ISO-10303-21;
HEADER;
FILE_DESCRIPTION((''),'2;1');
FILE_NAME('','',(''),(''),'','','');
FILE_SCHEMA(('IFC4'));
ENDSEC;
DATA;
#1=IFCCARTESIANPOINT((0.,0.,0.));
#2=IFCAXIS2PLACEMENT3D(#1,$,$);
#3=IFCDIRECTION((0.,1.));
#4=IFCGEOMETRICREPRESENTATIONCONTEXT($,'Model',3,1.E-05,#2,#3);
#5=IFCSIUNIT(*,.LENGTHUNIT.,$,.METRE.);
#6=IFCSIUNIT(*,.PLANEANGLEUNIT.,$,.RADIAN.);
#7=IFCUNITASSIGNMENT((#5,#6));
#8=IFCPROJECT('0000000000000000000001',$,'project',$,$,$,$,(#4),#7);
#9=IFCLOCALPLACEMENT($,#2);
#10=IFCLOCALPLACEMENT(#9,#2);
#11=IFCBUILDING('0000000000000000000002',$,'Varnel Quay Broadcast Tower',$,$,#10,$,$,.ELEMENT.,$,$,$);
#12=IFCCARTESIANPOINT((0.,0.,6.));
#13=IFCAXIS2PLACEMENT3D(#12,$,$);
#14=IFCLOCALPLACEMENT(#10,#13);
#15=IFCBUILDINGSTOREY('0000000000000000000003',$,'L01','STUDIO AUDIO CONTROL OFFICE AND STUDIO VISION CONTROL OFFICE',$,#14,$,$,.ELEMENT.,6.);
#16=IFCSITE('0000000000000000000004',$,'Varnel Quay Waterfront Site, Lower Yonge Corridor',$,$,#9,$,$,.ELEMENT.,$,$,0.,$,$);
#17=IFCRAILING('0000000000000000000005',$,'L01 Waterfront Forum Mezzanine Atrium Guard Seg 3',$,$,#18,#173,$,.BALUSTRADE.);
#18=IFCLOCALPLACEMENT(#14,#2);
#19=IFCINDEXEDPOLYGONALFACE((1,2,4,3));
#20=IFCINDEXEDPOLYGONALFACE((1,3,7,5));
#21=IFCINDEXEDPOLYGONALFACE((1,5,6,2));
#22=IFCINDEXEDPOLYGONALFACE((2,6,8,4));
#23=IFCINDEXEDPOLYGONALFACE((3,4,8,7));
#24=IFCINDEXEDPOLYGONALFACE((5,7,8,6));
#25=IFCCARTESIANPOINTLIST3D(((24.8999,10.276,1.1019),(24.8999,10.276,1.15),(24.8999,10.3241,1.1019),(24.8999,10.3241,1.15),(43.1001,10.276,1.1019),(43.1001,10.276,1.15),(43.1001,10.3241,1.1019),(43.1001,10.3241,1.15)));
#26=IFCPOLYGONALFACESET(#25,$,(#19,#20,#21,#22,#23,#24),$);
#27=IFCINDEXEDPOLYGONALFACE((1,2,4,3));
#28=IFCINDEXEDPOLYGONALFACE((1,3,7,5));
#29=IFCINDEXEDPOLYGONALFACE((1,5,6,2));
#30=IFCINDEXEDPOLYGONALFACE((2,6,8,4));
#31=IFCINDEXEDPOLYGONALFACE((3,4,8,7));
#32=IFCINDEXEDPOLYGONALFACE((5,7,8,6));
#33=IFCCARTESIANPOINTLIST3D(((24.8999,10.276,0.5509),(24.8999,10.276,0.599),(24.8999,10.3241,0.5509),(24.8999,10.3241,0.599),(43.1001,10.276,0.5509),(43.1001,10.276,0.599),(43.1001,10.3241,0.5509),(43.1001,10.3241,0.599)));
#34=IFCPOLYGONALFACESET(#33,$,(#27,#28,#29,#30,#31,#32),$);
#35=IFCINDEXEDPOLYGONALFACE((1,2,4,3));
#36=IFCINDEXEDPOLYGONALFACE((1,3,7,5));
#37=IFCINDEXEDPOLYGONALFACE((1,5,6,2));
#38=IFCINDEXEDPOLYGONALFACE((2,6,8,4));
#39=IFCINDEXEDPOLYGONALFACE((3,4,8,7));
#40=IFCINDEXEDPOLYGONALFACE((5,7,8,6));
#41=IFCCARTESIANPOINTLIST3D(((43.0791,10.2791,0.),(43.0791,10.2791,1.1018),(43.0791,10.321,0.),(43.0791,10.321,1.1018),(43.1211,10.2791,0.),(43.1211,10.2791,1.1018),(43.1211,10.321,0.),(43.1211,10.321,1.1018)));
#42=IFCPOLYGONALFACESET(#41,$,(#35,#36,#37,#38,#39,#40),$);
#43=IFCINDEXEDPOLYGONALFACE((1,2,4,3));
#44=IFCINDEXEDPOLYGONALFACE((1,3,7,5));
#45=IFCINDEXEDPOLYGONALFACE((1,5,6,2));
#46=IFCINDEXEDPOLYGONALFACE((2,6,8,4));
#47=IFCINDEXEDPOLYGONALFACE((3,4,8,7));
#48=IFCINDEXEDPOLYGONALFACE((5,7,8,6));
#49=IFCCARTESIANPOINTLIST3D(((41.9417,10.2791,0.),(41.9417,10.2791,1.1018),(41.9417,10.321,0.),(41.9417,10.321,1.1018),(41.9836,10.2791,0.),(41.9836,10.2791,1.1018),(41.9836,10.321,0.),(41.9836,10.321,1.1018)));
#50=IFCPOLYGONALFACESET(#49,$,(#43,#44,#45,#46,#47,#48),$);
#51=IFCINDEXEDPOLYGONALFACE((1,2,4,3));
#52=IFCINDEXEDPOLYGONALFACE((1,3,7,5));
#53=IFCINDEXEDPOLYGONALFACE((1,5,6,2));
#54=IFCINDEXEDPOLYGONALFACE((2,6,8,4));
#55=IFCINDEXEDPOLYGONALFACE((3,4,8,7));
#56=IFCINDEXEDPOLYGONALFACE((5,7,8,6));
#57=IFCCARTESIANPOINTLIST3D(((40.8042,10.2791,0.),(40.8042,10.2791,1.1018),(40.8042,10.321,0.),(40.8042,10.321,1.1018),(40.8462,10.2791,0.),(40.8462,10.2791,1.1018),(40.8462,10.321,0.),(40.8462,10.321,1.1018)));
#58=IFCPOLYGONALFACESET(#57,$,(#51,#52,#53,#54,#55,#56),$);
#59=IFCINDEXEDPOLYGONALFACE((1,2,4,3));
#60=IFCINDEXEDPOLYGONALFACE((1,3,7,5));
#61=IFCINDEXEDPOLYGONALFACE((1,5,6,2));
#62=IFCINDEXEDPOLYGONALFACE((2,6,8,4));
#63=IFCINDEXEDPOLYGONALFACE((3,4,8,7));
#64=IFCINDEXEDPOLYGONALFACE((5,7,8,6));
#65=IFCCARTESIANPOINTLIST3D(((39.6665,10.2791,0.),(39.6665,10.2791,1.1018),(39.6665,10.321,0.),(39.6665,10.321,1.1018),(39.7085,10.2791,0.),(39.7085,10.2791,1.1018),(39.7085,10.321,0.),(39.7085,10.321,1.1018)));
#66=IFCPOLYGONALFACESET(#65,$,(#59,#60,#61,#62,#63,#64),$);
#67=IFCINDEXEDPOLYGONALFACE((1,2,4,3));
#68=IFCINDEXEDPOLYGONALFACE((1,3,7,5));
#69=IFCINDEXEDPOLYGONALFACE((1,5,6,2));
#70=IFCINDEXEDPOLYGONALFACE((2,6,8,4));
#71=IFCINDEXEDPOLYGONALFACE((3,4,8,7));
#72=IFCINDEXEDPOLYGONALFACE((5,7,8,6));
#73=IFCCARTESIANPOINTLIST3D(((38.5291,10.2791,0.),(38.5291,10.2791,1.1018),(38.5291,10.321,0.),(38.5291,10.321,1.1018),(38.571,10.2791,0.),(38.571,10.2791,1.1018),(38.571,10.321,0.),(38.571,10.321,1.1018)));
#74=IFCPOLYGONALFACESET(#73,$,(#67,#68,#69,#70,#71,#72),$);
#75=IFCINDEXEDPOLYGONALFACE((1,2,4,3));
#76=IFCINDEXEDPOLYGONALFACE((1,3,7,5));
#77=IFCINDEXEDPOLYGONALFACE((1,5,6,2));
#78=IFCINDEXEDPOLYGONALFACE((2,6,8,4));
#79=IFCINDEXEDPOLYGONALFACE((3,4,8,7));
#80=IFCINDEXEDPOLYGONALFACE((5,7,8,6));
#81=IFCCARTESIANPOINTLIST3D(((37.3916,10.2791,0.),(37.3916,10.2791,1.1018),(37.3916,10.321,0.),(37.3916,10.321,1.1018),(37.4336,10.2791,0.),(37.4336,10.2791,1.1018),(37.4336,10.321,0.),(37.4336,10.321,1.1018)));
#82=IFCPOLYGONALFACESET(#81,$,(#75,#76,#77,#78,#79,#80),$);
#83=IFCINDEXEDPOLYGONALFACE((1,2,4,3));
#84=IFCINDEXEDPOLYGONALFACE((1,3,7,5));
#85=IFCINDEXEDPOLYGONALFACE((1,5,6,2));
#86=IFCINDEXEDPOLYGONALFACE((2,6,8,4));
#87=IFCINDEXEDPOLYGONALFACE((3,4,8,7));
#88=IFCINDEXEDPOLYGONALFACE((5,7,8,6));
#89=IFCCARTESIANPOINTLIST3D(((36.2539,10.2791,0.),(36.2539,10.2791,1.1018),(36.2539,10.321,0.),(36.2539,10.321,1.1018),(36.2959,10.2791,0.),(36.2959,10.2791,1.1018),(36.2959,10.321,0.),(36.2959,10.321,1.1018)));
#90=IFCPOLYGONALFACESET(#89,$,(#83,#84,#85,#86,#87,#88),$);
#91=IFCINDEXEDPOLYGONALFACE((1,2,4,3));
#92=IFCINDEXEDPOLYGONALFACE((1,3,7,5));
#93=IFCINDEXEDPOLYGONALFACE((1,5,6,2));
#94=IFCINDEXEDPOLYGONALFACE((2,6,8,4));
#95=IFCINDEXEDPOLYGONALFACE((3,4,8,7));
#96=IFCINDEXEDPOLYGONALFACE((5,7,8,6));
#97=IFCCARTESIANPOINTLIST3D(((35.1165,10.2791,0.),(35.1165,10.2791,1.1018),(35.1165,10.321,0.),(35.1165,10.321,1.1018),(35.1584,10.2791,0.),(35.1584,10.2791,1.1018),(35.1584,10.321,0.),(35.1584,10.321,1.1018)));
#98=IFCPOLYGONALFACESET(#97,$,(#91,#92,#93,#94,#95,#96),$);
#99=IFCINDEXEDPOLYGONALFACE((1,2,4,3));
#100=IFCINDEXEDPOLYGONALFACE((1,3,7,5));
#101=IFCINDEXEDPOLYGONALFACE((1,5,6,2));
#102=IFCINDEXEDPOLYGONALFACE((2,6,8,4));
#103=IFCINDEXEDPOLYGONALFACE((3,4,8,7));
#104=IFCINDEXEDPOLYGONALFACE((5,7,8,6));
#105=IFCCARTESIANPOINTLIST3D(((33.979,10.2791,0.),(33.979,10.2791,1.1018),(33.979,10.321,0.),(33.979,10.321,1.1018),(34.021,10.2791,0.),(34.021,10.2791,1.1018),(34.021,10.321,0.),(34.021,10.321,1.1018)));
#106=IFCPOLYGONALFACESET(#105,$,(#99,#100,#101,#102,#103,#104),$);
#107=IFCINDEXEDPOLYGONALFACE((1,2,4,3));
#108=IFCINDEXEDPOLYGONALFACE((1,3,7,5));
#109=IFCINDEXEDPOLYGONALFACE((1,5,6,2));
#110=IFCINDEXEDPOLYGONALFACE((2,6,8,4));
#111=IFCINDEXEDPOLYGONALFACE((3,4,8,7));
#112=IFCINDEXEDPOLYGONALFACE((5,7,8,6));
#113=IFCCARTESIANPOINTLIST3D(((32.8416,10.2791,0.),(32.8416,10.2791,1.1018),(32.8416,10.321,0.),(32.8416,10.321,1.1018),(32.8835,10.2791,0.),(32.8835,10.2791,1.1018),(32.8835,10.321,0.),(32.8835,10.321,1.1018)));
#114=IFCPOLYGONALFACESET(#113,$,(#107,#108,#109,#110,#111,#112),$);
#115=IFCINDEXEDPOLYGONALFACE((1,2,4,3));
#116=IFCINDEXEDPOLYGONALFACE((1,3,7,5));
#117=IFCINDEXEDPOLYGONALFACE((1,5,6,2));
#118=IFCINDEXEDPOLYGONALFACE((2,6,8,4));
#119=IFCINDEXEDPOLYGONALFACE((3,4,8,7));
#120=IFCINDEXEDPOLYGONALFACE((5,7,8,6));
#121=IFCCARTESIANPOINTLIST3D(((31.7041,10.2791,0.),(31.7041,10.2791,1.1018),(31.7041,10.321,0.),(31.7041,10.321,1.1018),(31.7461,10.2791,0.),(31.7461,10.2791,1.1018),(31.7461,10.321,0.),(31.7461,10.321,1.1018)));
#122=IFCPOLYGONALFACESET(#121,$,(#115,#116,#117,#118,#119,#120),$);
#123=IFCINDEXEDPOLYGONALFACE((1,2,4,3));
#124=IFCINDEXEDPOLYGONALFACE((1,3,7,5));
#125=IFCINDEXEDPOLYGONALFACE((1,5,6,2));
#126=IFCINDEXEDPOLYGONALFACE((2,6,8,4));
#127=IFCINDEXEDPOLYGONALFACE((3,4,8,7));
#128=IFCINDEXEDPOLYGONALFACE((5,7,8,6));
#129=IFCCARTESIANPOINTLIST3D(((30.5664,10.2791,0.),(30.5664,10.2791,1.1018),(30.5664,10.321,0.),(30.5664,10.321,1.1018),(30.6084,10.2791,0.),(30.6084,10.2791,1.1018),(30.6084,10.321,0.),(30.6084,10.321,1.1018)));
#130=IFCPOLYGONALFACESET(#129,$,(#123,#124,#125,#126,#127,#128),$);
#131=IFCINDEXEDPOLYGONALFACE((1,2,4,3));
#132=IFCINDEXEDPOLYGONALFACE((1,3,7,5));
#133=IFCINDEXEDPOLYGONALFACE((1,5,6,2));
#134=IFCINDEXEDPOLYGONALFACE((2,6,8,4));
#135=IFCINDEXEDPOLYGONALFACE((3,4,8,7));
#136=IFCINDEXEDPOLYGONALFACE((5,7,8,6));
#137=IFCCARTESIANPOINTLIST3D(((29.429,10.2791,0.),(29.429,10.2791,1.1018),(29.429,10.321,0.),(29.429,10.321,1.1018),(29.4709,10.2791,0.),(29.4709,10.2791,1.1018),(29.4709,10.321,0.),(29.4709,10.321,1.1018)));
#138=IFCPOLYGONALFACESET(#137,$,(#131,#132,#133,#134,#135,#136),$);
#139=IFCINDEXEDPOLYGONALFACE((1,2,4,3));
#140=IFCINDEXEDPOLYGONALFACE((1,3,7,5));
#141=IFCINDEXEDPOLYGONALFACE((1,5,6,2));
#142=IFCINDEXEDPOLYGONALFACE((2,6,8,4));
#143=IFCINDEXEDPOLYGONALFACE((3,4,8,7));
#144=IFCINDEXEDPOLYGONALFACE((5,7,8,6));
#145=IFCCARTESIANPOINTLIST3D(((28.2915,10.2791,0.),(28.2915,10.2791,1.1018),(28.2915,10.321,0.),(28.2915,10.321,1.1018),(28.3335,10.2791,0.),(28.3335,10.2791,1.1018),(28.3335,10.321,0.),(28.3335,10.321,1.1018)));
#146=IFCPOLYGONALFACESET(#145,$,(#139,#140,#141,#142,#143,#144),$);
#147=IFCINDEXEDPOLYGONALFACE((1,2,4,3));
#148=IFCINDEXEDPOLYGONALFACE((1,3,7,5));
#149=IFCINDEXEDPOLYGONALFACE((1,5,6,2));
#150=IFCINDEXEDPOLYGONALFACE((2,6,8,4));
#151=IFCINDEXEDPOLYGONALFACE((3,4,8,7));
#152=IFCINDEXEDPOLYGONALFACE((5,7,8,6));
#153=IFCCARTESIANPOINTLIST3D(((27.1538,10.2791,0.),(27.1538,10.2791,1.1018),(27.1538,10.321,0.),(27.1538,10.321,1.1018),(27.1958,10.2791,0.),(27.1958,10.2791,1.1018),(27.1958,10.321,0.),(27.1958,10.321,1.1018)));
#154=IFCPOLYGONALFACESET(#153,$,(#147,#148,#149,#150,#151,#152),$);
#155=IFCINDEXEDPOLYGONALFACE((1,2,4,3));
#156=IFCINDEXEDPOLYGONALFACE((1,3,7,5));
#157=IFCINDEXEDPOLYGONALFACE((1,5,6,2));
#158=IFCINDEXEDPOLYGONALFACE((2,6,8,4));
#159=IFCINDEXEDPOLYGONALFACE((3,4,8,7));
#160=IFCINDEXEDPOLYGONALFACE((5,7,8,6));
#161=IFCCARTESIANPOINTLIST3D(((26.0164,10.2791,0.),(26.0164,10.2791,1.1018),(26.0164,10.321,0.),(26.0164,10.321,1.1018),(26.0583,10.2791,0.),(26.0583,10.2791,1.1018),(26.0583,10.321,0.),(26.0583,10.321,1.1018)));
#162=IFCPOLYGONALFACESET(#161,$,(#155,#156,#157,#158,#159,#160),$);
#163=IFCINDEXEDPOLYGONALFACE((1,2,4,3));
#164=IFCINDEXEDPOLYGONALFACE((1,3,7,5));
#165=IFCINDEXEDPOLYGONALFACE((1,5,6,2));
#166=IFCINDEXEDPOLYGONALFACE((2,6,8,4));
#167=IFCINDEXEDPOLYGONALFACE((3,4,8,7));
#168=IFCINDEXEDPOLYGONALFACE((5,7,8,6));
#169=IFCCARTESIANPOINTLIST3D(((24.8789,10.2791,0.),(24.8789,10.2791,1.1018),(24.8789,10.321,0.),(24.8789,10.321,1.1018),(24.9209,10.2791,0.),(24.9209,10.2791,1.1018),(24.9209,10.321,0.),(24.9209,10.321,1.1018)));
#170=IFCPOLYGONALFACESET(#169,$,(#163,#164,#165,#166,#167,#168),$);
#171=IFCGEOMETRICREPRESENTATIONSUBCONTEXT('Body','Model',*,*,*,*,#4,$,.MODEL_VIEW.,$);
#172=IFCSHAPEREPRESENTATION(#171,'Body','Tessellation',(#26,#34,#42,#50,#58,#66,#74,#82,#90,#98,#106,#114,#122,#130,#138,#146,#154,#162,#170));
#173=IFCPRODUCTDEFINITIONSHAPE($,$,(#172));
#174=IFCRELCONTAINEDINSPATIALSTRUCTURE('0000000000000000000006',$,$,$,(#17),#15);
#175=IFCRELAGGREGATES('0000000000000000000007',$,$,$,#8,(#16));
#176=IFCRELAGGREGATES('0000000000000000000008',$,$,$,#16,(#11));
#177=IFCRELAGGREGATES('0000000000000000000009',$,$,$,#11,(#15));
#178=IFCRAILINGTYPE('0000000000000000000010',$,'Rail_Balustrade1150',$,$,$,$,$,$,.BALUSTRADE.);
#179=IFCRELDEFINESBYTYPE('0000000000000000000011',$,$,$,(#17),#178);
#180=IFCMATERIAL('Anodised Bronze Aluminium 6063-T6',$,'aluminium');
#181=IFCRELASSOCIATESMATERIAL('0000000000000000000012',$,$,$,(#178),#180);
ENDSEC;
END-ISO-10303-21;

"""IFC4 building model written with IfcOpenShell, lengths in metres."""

from ifc_helpers import new_model, si_unit, direction, frame, origin, origin_2d, place, context, subcontext, project, spatial, rectangle, extrude, material, type_object, element, save


model = new_model("IFC4")

# Units and contexts
model_context = context("Model", 3, precision=1e-05, world=origin(), true_north=direction((0.0, 1.0)))
body_context = subcontext(model_context, "Body", "Model", "MODEL_VIEW")
ifc_project = project(units=[si_unit("LENGTHUNIT", "METRE"), si_unit("PLANEANGLEUNIT", "RADIAN")], contexts=[model_context])

# Site, building, storey
site_placement = place(None, origin())
site = spatial("IfcSite", under=ifc_project, at=site_placement, Name="Varnel Quay Waterfront Site, Lower Yonge Corridor", CompositionType="ELEMENT", RefElevation=0.0)
building_placement = place(site_placement, origin())
building = spatial("IfcBuilding", under=site, at=building_placement, Name="Varnel Quay Broadcast Tower", CompositionType="ELEMENT")
storey_placement = place(building_placement, frame((0.0, 0.0, 6.0)))
storey = spatial("IfcBuildingStorey", under=building, at=storey_placement, Name="L01", Description="STUDIO AUDIO CONTROL OFFICE AND STUDIO VISION CONTROL OFFICE", CompositionType="ELEMENT", Elevation=6.0)

# Shared definitions
ifc_material_1 = material(Name="Anodised Bronze Aluminium 6063-T6", Category="aluminium")

# Railing
railing_type = type_object("IfcRailingType", Name="Rail_Balustrade1150", PredefinedType="BALUSTRADE", material=ifc_material_1)
railing_1_placement = place(storey_placement, frame((43.1001, 10.3, 0.0)))
element("IfcRailing", 1, at=railing_1_placement, inside=storey, type_object=railing_type, Name="L01 Waterfront Forum Mezzanine Atrium Guard Seg 3", PredefinedType="BALUSTRADE", context=body_context, shape_type="SweptSolid", body=[
    extrude(rectangle(XDim=0.0481, YDim=0.0481, at=origin_2d()), frame((0.0, 0.0, 1.126), z_axis=(-1.0, 0.0, 0.0), x_axis=(0.0, -1.0, 0.0)), (0.0, 0.0, 1.0), 18.2002),
    extrude(rectangle(XDim=0.0481, YDim=0.0481, at=origin_2d()), frame((0.0, 0.0, 0.575), z_axis=(-1.0, 0.0, 0.0), x_axis=(0.0, -1.0, 0.0)), (0.0, 0.0, 1.0), 18.2002),
    extrude(rectangle(XDim=0.042, YDim=0.042, at=origin_2d()), origin(), (0.0, 0.0, 1.0), 1.1018),
    extrude(rectangle(XDim=0.042, YDim=0.042, at=origin_2d()), frame((-1.1375, 0.0, 0.0)), (0.0, 0.0, 1.0), 1.1018),
    extrude(rectangle(XDim=0.042, YDim=0.042, at=origin_2d()), frame((-2.2749, 0.0, 0.0)), (0.0, 0.0, 1.0), 1.1018),
    extrude(rectangle(XDim=0.042, YDim=0.042, at=origin_2d()), frame((-3.4126, 0.0, 0.0)), (0.0, 0.0, 1.0), 1.1018),
    extrude(rectangle(XDim=0.042, YDim=0.042, at=origin_2d()), frame((-4.55, 0.0, 0.0)), (0.0, 0.0, 1.0), 1.1018),
    extrude(rectangle(XDim=0.042, YDim=0.042, at=origin_2d()), frame((-5.6875, 0.0, 0.0)), (0.0, 0.0, 1.0), 1.1018),
    extrude(rectangle(XDim=0.042, YDim=0.042, at=origin_2d()), frame((-6.8252, 0.0, 0.0)), (0.0, 0.0, 1.0), 1.1018),
    extrude(rectangle(XDim=0.042, YDim=0.042, at=origin_2d()), frame((-7.9626, 0.0, 0.0)), (0.0, 0.0, 1.0), 1.1018),
    extrude(rectangle(XDim=0.042, YDim=0.042, at=origin_2d()), frame((-9.1001, 0.0, 0.0)), (0.0, 0.0, 1.0), 1.1018),
    extrude(rectangle(XDim=0.042, YDim=0.042, at=origin_2d()), frame((-10.2375, 0.0, 0.0)), (0.0, 0.0, 1.0), 1.1018),
    extrude(rectangle(XDim=0.042, YDim=0.042, at=origin_2d()), frame((-11.375, 0.0, 0.0)), (0.0, 0.0, 1.0), 1.1018),
    extrude(rectangle(XDim=0.042, YDim=0.042, at=origin_2d()), frame((-12.5127, 0.0, 0.0)), (0.0, 0.0, 1.0), 1.1018),
    extrude(rectangle(XDim=0.042, YDim=0.042, at=origin_2d()), frame((-13.6501, 0.0, 0.0)), (0.0, 0.0, 1.0), 1.1018),
    extrude(rectangle(XDim=0.042, YDim=0.042, at=origin_2d()), frame((-14.7876, 0.0, 0.0)), (0.0, 0.0, 1.0), 1.1018),
    extrude(rectangle(XDim=0.042, YDim=0.042, at=origin_2d()), frame((-15.9253, 0.0, 0.0)), (0.0, 0.0, 1.0), 1.1018),
    extrude(rectangle(XDim=0.042, YDim=0.042, at=origin_2d()), frame((-17.0627, 0.0, 0.0)), (0.0, 0.0, 1.0), 1.1018),
    extrude(rectangle(XDim=0.042, YDim=0.042, at=origin_2d()), frame((-18.2002, 0.0, 0.0)), (0.0, 0.0, 1.0), 1.1018),
])

save(model, "model.ifc")
